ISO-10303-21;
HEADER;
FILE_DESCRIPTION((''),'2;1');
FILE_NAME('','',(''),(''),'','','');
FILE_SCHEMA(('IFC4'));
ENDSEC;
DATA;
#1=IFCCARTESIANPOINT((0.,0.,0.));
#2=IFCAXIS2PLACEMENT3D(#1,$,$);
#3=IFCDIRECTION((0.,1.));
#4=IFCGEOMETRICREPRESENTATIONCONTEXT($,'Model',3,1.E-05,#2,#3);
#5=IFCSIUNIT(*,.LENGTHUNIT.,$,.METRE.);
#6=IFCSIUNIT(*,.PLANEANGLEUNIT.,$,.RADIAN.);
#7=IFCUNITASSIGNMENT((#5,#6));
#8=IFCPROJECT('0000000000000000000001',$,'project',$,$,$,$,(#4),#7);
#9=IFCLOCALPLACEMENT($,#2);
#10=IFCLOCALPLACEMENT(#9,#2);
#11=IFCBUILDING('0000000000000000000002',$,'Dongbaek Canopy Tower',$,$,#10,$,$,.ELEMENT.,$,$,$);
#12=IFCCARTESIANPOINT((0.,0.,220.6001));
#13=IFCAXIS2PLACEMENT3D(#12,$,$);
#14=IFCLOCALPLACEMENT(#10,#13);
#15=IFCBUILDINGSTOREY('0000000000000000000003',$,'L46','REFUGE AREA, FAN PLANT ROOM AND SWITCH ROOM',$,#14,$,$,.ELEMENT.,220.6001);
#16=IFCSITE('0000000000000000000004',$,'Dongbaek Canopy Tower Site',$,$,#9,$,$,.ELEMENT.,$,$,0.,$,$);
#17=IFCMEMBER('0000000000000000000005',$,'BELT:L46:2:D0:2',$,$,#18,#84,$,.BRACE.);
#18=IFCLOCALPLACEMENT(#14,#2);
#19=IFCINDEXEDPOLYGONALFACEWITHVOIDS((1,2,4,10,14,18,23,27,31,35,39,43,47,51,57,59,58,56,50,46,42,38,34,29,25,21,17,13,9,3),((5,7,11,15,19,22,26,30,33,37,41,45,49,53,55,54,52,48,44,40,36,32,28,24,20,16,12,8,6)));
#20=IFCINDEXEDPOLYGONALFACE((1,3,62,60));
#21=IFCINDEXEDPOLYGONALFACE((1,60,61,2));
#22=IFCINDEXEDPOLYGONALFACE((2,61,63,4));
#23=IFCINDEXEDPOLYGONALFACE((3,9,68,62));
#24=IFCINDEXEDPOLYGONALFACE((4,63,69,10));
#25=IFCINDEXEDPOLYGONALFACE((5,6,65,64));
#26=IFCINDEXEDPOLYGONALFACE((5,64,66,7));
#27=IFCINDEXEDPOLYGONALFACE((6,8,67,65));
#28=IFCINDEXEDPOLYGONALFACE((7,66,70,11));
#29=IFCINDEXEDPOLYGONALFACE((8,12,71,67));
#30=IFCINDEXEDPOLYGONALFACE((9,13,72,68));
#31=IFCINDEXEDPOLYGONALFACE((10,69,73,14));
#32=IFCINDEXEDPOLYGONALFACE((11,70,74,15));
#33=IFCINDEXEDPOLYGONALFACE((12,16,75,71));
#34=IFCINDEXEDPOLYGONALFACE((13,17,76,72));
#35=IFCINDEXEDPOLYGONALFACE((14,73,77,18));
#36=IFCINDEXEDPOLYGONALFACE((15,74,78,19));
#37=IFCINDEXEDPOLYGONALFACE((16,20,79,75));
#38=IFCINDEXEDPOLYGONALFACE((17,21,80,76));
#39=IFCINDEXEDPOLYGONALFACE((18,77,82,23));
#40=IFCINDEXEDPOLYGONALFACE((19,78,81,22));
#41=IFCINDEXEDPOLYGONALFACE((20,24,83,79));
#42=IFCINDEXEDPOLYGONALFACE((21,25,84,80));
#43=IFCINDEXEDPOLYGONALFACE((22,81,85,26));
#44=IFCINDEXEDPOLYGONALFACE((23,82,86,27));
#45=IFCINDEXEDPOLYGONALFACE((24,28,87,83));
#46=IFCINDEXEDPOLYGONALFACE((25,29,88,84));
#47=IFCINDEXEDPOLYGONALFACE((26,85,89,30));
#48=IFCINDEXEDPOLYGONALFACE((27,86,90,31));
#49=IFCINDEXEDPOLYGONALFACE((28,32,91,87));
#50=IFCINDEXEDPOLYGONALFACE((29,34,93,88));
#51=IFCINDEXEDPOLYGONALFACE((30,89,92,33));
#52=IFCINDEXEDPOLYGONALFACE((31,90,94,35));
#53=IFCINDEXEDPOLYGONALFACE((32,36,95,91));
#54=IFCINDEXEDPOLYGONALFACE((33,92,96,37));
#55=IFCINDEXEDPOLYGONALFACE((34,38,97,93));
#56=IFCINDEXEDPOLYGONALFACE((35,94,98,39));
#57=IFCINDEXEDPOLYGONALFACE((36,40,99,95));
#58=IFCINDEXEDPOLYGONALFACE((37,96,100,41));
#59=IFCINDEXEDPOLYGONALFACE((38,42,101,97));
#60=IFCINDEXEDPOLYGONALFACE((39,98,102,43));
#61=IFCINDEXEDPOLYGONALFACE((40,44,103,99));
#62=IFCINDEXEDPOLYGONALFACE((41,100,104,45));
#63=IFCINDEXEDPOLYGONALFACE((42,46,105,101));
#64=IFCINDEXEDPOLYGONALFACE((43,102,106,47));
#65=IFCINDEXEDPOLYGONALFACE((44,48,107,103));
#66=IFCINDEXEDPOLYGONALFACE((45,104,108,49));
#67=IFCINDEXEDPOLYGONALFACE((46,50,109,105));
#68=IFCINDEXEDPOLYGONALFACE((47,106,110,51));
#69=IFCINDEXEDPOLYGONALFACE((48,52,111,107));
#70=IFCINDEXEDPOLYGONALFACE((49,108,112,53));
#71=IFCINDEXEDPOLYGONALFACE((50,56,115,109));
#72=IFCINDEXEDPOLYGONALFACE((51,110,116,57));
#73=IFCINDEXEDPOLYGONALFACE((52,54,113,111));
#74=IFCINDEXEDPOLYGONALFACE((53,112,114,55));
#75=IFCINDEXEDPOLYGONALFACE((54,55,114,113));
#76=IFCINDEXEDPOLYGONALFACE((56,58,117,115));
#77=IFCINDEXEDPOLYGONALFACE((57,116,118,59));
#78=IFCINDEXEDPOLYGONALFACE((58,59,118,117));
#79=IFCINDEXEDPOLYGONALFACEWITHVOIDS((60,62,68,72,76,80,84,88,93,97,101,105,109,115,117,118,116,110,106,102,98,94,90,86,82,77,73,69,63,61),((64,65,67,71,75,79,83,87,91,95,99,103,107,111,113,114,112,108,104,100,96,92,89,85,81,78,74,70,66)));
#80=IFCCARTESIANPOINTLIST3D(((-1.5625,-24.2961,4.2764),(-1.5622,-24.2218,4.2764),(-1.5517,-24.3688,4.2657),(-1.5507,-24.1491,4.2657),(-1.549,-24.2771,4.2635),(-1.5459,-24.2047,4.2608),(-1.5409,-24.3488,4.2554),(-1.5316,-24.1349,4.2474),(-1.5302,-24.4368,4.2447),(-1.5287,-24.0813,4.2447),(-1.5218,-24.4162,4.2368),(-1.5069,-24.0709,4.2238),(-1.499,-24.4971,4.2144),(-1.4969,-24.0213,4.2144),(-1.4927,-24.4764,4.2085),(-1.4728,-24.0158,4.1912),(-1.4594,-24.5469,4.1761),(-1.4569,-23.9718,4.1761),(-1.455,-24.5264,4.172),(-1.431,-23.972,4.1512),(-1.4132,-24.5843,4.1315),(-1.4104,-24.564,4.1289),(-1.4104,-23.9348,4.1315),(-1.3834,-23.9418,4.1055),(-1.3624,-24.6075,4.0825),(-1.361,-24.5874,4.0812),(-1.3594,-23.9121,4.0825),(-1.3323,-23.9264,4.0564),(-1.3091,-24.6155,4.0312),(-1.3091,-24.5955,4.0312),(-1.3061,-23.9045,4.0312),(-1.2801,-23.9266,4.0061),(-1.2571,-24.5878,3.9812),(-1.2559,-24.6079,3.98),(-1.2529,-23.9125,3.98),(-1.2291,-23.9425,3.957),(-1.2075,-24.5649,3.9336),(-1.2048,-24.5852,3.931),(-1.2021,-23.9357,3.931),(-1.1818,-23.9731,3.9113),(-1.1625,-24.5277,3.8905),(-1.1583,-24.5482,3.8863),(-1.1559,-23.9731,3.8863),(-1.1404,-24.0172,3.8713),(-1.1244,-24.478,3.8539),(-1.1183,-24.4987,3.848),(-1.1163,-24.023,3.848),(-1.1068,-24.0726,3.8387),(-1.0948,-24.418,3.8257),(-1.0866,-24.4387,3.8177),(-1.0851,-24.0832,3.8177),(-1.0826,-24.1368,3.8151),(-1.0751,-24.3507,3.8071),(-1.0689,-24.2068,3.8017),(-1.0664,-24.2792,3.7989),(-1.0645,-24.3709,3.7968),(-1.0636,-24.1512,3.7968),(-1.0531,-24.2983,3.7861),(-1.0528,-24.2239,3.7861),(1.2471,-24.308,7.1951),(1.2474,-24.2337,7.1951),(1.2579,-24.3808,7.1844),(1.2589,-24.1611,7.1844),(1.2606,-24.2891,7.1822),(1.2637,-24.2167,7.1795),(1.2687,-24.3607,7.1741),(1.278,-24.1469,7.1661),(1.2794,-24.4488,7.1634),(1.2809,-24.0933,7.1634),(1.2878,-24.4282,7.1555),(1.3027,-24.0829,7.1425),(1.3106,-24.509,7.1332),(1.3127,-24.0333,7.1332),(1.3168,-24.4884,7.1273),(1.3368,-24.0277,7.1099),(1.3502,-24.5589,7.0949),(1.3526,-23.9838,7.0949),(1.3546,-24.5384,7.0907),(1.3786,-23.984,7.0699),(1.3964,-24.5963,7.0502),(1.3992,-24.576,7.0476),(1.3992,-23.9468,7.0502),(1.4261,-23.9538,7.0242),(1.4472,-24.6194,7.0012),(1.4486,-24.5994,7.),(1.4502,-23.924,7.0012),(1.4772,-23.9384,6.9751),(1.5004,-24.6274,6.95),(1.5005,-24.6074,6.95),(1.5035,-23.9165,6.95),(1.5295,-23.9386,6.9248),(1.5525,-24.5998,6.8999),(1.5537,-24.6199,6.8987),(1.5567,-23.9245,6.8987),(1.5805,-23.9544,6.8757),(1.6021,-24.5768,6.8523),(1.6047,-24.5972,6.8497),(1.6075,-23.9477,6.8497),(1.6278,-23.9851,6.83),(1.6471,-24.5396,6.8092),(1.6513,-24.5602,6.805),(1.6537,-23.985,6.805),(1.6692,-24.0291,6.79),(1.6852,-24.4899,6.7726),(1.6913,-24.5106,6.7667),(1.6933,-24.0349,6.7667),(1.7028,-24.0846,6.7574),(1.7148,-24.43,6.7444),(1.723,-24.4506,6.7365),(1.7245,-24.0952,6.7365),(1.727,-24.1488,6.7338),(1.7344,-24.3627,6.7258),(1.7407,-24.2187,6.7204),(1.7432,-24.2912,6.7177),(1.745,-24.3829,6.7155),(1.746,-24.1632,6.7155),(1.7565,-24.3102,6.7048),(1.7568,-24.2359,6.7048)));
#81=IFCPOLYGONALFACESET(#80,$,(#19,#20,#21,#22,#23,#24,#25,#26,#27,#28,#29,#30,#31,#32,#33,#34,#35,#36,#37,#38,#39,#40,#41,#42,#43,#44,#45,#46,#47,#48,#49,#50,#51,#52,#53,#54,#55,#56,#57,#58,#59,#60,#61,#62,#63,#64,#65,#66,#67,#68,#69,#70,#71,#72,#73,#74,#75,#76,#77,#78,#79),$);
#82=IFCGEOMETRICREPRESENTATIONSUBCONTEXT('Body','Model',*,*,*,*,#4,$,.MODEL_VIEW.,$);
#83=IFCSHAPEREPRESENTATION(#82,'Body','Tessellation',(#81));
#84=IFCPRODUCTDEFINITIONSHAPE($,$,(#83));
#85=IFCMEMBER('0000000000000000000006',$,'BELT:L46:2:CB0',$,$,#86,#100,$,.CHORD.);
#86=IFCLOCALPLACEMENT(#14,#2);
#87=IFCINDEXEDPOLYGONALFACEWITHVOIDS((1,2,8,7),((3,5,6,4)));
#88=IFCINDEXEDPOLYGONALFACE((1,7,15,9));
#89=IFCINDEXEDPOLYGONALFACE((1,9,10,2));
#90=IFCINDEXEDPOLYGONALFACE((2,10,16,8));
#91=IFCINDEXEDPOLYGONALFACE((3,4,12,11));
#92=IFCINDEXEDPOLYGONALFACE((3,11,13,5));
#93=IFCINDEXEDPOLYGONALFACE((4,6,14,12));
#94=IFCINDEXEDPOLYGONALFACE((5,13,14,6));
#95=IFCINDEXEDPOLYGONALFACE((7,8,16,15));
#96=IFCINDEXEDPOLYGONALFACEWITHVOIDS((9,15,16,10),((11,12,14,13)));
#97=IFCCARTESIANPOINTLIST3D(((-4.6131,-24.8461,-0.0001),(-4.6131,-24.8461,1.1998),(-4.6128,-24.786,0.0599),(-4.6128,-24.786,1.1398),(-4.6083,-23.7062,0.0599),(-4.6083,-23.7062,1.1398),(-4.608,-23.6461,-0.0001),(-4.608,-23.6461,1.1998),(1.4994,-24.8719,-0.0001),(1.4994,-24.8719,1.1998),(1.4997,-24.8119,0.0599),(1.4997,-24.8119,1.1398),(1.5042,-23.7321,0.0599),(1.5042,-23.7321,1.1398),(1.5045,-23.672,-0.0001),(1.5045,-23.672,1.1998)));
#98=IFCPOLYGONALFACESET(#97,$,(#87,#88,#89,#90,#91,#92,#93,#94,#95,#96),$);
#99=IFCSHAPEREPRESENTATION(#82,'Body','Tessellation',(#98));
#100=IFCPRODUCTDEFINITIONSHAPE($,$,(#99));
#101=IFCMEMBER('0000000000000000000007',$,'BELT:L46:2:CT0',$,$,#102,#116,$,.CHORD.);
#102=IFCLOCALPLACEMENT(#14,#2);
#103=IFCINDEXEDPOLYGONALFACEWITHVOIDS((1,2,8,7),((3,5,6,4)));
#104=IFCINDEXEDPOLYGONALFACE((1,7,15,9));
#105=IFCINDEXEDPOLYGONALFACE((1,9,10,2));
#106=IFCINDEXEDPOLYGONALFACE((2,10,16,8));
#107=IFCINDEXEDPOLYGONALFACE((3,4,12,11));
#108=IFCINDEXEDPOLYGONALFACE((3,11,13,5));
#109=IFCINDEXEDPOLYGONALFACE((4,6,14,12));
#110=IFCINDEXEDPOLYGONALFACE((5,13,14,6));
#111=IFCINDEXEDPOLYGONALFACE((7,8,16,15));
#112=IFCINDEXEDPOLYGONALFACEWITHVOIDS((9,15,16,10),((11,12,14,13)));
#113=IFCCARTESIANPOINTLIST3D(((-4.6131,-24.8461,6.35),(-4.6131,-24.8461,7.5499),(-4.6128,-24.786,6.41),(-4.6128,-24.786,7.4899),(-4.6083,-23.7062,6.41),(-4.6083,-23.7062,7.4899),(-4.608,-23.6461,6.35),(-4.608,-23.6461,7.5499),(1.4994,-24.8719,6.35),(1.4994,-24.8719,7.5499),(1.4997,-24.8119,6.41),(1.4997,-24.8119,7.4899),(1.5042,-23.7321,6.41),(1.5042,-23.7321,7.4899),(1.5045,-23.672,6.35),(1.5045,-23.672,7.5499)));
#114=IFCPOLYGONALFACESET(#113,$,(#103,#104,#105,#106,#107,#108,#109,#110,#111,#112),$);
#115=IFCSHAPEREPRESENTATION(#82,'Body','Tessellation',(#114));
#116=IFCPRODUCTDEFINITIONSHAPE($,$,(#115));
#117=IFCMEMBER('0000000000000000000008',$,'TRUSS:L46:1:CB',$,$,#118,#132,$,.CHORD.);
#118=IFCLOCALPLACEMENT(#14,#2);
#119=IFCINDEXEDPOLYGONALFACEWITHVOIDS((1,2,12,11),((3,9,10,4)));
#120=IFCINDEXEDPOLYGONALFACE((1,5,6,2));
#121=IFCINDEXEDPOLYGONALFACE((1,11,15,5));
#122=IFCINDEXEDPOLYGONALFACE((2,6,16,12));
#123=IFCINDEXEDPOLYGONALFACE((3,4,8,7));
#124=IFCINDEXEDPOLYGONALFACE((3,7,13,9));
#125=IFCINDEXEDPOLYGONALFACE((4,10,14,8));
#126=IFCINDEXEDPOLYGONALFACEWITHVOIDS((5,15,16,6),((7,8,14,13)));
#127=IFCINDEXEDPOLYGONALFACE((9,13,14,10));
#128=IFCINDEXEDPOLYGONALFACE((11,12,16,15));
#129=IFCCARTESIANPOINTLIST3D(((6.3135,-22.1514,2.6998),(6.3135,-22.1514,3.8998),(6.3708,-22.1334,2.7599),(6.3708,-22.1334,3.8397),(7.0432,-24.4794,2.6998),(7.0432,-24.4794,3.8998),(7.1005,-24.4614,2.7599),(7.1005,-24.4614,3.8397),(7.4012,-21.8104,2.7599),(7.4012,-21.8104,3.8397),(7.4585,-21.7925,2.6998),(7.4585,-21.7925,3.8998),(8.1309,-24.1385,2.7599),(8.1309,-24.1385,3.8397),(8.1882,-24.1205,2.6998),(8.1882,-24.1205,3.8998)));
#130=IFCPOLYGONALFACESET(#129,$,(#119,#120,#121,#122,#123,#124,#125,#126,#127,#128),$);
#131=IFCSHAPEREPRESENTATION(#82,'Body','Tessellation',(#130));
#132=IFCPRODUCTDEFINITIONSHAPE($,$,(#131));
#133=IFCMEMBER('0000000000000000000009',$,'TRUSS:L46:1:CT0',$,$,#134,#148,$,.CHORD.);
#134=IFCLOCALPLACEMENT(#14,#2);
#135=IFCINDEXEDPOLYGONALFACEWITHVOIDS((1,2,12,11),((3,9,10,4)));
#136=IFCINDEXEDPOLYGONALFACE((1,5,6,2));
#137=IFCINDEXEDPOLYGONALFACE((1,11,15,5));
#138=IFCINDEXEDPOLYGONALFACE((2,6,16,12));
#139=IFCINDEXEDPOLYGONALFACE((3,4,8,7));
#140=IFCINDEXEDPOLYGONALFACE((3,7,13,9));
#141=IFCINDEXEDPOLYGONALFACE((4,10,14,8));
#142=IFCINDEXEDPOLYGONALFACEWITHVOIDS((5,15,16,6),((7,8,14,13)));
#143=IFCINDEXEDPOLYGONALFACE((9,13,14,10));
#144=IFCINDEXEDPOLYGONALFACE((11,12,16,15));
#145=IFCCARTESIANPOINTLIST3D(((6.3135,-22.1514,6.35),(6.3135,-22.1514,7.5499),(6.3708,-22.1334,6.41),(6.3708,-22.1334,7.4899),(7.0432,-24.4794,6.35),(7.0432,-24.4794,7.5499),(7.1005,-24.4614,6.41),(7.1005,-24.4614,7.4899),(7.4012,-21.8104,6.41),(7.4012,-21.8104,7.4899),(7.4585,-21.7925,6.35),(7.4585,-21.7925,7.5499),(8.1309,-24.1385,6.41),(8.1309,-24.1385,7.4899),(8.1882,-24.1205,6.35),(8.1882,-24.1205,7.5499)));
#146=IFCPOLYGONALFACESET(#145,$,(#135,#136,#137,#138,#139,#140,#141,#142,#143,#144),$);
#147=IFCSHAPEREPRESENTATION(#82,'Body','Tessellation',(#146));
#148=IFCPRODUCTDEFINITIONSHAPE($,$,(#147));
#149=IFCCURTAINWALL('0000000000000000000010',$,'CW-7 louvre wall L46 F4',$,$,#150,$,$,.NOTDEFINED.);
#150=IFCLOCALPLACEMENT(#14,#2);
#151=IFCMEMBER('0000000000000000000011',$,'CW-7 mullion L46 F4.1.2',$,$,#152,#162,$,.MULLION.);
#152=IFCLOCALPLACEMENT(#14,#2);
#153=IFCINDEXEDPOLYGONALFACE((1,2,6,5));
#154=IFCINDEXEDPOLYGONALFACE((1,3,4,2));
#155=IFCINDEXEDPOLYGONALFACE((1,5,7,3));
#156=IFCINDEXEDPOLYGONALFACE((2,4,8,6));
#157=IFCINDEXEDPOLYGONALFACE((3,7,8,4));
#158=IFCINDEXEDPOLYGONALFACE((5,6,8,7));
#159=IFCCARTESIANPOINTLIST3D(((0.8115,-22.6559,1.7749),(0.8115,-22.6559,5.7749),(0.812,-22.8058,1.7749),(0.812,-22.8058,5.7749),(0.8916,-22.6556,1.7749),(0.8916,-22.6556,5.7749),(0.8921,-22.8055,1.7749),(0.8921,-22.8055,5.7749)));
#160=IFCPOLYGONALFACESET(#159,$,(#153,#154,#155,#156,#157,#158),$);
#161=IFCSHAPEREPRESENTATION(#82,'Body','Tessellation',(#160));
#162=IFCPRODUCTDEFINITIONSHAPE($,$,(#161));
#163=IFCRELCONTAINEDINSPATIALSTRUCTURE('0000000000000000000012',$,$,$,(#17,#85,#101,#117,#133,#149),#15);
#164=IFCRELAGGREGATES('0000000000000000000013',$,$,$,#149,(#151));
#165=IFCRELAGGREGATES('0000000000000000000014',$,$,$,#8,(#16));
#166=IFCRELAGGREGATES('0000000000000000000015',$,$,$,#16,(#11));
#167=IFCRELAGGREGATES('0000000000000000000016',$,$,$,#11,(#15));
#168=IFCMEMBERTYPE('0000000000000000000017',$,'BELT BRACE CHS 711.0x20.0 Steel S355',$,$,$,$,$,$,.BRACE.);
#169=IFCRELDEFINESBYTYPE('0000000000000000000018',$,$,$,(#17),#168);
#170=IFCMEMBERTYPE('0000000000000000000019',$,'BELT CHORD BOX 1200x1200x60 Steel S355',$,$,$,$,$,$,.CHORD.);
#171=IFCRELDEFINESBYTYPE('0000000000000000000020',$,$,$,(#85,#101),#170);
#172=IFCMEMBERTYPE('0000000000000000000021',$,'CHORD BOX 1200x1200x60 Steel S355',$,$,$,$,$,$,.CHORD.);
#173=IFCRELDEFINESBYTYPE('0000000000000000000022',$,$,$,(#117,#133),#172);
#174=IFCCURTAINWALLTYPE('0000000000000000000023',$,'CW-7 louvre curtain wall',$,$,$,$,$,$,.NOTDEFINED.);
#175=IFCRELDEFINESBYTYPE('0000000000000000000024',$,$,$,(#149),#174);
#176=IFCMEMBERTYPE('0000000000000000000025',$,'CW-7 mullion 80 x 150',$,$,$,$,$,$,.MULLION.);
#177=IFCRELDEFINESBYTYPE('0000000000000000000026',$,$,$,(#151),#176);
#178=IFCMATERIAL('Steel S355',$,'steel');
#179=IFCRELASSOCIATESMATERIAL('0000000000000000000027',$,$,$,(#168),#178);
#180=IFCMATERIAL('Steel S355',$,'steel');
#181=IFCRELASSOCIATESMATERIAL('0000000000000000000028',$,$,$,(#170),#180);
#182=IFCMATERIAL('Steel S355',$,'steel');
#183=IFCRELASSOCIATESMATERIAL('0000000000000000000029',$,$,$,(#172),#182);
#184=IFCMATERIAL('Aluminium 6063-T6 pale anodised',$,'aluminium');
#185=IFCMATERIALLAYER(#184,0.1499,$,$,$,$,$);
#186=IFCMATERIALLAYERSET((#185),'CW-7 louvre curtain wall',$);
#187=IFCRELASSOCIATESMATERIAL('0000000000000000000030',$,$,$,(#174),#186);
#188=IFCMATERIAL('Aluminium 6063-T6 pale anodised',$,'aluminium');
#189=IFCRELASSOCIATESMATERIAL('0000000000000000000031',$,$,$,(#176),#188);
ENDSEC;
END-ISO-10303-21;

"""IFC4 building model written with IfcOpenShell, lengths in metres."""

from ifc_helpers import new_model, si_unit, direction, frame, origin, origin_2d, place, context, subcontext, project, spatial, rectangle, hollow_rectangle, hollow_circle, extrude, material, layer, layer_set, material_profile, profile_set, type_object, element, aggregate, save


model = new_model("IFC4")

# Units and contexts
model_context = context("Model", 3, precision=1e-05, world=origin(), true_north=direction((0.0, 1.0)))
body_context = subcontext(model_context, "Body", "Model", "MODEL_VIEW")
ifc_project = project(units=[si_unit("LENGTHUNIT", "METRE"), si_unit("PLANEANGLEUNIT", "RADIAN")], contexts=[model_context])

# Site, building, storey
site_placement = place(None, origin())
site = spatial("IfcSite", under=ifc_project, at=site_placement, Name="Dongbaek Canopy Tower Site", CompositionType="ELEMENT", RefElevation=0.0)
building_placement = place(site_placement, origin())
building = spatial("IfcBuilding", under=site, at=building_placement, Name="Dongbaek Canopy Tower", CompositionType="ELEMENT")
storey_placement = place(building_placement, frame((0.0, 0.0, 220.6001)))
storey = spatial("IfcBuildingStorey", under=building, at=storey_placement, Name="L46", Description="REFUGE AREA, FAN PLANT ROOM AND SWITCH ROOM", CompositionType="ELEMENT", Elevation=220.6001)

# Members
ifc_material_1 = material(Name="Steel S355", Category="steel")
ifc_material_profile_1 = material_profile(ifc_material_1, hollow_circle(Radius=0.3555, WallThickness=0.02, at=origin_2d()), Name="BELT BRACE CHS 711.0x20.0 Steel S355")
ifc_profile_set_1 = profile_set([ifc_material_profile_1], Name="Steel S355")
member_type_1 = type_object("IfcMemberType", Name="BELT BRACE CHS 711.0x20.0 Steel S355", PredefinedType="BRACE", material=ifc_profile_set_1)
member_1_placement = place(storey_placement, frame((1.502, -24.272, 6.95), z_axis=(-0.693507, 0.002953, -0.720444), x_axis=(-0.004258, -0.999991, 0.0)))
element("IfcMember", 1, at=member_1_placement, inside=storey, type_object=member_type_1, Name="BELT:L46:2:D0:2", PredefinedType="BRACE", context=body_context, shape_type="SweptSolid", body=[
    extrude(hollow_circle(Radius=0.3555, WallThickness=0.02, at=origin_2d()), origin(), (0.0, 0.0, 1.0), 4.0513),
])
ifc_material_2 = material(Name="Steel S355", Category="steel")
ifc_material_profile_2 = material_profile(ifc_material_2, hollow_rectangle(XDim=1.2, YDim=1.2, WallThickness=0.0601, at=origin_2d()), Name="BELT CHORD BOX 1200x1200x60 Steel S355")
ifc_profile_set_2 = profile_set([ifc_material_profile_2], Name="Steel S355")
member_type_2 = type_object("IfcMemberType", Name="BELT CHORD BOX 1200x1200x60 Steel S355", PredefinedType="CHORD", material=ifc_profile_set_2)
for number, where, z_axis, x_axis, name in (
    (2, (1.502, -24.272, 0.5999), (-0.999991, 0.004234, 0.0), (-0.004234, -0.999991, 0.0), "BELT:L46:2:CB0"),
    (3, (1.502, -24.272, 6.95), (-0.999991, 0.004234, 0.0), (-0.004234, -0.999991, 0.0), "BELT:L46:2:CT0"),
):
    element("IfcMember", number, at=place(storey_placement, frame(where, z_axis=z_axis, x_axis=x_axis)), inside=storey, type_object=member_type_2, Name=name, PredefinedType="CHORD", context=body_context, shape_type="SweptSolid", body=[
        extrude(hollow_rectangle(XDim=1.2, YDim=1.2, WallThickness=0.0601, at=origin_2d()), origin(), (0.0, 0.0, 1.0), 6.1125),
    ])
ifc_material_3 = material(Name="Steel S355", Category="steel")
ifc_material_profile_3 = material_profile(ifc_material_3, hollow_rectangle(XDim=1.2, YDim=1.2, WallThickness=0.0601, at=origin_2d()), Name="CHORD BOX 1200x1200x60 Steel S355")
ifc_profile_set_3 = profile_set([ifc_material_profile_3], Name="Steel S355")
member_type_3 = type_object("IfcMemberType", Name="CHORD BOX 1200x1200x60 Steel S355", PredefinedType="CHORD", material=ifc_profile_set_3)
for number, where, z_axis, x_axis, name in (
    (4, (6.886, -21.9719, 3.2998), (0.299095, -0.954223, 0.0), (0.954223, 0.299095, 0.0), "TRUSS:L46:1:CB"),
    (5, (6.886, -21.9719, 6.95), (0.299095, -0.954223, 0.0), (0.954223, 0.299095, 0.0), "TRUSS:L46:1:CT0"),
):
    element("IfcMember", number, at=place(storey_placement, frame(where, z_axis=z_axis, x_axis=x_axis)), inside=storey, type_object=member_type_3, Name=name, PredefinedType="CHORD", context=body_context, shape_type="SweptSolid", body=[
        extrude(hollow_rectangle(XDim=1.2, YDim=1.2, WallThickness=0.0601, at=origin_2d()), origin(), (0.0, 0.0, 1.0), 2.4397),
    ])

# Curtain wall, member
ifc_material_4 = material(Name="Aluminium 6063-T6 pale anodised", Category="aluminium")
ifc_layer_1 = layer(ifc_material_4, 0.1499)
ifc_layer_set_1 = layer_set([ifc_layer_1], Name="CW-7 louvre curtain wall")
curtain_wall_type = type_object("IfcCurtainWallType", Name="CW-7 louvre curtain wall", PredefinedType="NOTDEFINED", material=ifc_layer_set_1)
curtain_wall_placement = place(storey_placement, origin())
curtain_wall = element("IfcCurtainWall", 6, at=curtain_wall_placement, inside=storey, type_object=curtain_wall_type, Name="CW-7 louvre wall L46 F4", PredefinedType="NOTDEFINED")
ifc_material_5 = material(Name="Aluminium 6063-T6 pale anodised", Category="aluminium")
ifc_material_profile_4 = material_profile(ifc_material_5, rectangle(XDim=0.1499, YDim=0.0801, at=origin_2d()), Name="CW-7 mullion 80 x 150")
ifc_profile_set_4 = profile_set([ifc_material_profile_4], Name="Aluminium 6063-T6 pale anodised")
member_type_4 = type_object("IfcMemberType", Name="CW-7 mullion 80 x 150", PredefinedType="MULLION", material=ifc_profile_set_4)
member_2_placement = place(storey_placement, frame((0.8518, -22.7307, 1.7749), z_axis=(0.0, 0.0, 1.0), x_axis=(0.003106, -0.999995, 0.0)))
member_2 = element("IfcMember", 7, at=member_2_placement, type_object=member_type_4, Name="CW-7 mullion L46 F4.1.2", PredefinedType="MULLION", context=body_context, shape_type="SweptSolid", body=[
    extrude(rectangle(XDim=0.1499, YDim=0.0801, at=origin_2d()), origin(), (0.0, 0.0, 1.0), 4.0),
])

aggregate(curtain_wall, [member_2])

save(model, "model.ifc")
